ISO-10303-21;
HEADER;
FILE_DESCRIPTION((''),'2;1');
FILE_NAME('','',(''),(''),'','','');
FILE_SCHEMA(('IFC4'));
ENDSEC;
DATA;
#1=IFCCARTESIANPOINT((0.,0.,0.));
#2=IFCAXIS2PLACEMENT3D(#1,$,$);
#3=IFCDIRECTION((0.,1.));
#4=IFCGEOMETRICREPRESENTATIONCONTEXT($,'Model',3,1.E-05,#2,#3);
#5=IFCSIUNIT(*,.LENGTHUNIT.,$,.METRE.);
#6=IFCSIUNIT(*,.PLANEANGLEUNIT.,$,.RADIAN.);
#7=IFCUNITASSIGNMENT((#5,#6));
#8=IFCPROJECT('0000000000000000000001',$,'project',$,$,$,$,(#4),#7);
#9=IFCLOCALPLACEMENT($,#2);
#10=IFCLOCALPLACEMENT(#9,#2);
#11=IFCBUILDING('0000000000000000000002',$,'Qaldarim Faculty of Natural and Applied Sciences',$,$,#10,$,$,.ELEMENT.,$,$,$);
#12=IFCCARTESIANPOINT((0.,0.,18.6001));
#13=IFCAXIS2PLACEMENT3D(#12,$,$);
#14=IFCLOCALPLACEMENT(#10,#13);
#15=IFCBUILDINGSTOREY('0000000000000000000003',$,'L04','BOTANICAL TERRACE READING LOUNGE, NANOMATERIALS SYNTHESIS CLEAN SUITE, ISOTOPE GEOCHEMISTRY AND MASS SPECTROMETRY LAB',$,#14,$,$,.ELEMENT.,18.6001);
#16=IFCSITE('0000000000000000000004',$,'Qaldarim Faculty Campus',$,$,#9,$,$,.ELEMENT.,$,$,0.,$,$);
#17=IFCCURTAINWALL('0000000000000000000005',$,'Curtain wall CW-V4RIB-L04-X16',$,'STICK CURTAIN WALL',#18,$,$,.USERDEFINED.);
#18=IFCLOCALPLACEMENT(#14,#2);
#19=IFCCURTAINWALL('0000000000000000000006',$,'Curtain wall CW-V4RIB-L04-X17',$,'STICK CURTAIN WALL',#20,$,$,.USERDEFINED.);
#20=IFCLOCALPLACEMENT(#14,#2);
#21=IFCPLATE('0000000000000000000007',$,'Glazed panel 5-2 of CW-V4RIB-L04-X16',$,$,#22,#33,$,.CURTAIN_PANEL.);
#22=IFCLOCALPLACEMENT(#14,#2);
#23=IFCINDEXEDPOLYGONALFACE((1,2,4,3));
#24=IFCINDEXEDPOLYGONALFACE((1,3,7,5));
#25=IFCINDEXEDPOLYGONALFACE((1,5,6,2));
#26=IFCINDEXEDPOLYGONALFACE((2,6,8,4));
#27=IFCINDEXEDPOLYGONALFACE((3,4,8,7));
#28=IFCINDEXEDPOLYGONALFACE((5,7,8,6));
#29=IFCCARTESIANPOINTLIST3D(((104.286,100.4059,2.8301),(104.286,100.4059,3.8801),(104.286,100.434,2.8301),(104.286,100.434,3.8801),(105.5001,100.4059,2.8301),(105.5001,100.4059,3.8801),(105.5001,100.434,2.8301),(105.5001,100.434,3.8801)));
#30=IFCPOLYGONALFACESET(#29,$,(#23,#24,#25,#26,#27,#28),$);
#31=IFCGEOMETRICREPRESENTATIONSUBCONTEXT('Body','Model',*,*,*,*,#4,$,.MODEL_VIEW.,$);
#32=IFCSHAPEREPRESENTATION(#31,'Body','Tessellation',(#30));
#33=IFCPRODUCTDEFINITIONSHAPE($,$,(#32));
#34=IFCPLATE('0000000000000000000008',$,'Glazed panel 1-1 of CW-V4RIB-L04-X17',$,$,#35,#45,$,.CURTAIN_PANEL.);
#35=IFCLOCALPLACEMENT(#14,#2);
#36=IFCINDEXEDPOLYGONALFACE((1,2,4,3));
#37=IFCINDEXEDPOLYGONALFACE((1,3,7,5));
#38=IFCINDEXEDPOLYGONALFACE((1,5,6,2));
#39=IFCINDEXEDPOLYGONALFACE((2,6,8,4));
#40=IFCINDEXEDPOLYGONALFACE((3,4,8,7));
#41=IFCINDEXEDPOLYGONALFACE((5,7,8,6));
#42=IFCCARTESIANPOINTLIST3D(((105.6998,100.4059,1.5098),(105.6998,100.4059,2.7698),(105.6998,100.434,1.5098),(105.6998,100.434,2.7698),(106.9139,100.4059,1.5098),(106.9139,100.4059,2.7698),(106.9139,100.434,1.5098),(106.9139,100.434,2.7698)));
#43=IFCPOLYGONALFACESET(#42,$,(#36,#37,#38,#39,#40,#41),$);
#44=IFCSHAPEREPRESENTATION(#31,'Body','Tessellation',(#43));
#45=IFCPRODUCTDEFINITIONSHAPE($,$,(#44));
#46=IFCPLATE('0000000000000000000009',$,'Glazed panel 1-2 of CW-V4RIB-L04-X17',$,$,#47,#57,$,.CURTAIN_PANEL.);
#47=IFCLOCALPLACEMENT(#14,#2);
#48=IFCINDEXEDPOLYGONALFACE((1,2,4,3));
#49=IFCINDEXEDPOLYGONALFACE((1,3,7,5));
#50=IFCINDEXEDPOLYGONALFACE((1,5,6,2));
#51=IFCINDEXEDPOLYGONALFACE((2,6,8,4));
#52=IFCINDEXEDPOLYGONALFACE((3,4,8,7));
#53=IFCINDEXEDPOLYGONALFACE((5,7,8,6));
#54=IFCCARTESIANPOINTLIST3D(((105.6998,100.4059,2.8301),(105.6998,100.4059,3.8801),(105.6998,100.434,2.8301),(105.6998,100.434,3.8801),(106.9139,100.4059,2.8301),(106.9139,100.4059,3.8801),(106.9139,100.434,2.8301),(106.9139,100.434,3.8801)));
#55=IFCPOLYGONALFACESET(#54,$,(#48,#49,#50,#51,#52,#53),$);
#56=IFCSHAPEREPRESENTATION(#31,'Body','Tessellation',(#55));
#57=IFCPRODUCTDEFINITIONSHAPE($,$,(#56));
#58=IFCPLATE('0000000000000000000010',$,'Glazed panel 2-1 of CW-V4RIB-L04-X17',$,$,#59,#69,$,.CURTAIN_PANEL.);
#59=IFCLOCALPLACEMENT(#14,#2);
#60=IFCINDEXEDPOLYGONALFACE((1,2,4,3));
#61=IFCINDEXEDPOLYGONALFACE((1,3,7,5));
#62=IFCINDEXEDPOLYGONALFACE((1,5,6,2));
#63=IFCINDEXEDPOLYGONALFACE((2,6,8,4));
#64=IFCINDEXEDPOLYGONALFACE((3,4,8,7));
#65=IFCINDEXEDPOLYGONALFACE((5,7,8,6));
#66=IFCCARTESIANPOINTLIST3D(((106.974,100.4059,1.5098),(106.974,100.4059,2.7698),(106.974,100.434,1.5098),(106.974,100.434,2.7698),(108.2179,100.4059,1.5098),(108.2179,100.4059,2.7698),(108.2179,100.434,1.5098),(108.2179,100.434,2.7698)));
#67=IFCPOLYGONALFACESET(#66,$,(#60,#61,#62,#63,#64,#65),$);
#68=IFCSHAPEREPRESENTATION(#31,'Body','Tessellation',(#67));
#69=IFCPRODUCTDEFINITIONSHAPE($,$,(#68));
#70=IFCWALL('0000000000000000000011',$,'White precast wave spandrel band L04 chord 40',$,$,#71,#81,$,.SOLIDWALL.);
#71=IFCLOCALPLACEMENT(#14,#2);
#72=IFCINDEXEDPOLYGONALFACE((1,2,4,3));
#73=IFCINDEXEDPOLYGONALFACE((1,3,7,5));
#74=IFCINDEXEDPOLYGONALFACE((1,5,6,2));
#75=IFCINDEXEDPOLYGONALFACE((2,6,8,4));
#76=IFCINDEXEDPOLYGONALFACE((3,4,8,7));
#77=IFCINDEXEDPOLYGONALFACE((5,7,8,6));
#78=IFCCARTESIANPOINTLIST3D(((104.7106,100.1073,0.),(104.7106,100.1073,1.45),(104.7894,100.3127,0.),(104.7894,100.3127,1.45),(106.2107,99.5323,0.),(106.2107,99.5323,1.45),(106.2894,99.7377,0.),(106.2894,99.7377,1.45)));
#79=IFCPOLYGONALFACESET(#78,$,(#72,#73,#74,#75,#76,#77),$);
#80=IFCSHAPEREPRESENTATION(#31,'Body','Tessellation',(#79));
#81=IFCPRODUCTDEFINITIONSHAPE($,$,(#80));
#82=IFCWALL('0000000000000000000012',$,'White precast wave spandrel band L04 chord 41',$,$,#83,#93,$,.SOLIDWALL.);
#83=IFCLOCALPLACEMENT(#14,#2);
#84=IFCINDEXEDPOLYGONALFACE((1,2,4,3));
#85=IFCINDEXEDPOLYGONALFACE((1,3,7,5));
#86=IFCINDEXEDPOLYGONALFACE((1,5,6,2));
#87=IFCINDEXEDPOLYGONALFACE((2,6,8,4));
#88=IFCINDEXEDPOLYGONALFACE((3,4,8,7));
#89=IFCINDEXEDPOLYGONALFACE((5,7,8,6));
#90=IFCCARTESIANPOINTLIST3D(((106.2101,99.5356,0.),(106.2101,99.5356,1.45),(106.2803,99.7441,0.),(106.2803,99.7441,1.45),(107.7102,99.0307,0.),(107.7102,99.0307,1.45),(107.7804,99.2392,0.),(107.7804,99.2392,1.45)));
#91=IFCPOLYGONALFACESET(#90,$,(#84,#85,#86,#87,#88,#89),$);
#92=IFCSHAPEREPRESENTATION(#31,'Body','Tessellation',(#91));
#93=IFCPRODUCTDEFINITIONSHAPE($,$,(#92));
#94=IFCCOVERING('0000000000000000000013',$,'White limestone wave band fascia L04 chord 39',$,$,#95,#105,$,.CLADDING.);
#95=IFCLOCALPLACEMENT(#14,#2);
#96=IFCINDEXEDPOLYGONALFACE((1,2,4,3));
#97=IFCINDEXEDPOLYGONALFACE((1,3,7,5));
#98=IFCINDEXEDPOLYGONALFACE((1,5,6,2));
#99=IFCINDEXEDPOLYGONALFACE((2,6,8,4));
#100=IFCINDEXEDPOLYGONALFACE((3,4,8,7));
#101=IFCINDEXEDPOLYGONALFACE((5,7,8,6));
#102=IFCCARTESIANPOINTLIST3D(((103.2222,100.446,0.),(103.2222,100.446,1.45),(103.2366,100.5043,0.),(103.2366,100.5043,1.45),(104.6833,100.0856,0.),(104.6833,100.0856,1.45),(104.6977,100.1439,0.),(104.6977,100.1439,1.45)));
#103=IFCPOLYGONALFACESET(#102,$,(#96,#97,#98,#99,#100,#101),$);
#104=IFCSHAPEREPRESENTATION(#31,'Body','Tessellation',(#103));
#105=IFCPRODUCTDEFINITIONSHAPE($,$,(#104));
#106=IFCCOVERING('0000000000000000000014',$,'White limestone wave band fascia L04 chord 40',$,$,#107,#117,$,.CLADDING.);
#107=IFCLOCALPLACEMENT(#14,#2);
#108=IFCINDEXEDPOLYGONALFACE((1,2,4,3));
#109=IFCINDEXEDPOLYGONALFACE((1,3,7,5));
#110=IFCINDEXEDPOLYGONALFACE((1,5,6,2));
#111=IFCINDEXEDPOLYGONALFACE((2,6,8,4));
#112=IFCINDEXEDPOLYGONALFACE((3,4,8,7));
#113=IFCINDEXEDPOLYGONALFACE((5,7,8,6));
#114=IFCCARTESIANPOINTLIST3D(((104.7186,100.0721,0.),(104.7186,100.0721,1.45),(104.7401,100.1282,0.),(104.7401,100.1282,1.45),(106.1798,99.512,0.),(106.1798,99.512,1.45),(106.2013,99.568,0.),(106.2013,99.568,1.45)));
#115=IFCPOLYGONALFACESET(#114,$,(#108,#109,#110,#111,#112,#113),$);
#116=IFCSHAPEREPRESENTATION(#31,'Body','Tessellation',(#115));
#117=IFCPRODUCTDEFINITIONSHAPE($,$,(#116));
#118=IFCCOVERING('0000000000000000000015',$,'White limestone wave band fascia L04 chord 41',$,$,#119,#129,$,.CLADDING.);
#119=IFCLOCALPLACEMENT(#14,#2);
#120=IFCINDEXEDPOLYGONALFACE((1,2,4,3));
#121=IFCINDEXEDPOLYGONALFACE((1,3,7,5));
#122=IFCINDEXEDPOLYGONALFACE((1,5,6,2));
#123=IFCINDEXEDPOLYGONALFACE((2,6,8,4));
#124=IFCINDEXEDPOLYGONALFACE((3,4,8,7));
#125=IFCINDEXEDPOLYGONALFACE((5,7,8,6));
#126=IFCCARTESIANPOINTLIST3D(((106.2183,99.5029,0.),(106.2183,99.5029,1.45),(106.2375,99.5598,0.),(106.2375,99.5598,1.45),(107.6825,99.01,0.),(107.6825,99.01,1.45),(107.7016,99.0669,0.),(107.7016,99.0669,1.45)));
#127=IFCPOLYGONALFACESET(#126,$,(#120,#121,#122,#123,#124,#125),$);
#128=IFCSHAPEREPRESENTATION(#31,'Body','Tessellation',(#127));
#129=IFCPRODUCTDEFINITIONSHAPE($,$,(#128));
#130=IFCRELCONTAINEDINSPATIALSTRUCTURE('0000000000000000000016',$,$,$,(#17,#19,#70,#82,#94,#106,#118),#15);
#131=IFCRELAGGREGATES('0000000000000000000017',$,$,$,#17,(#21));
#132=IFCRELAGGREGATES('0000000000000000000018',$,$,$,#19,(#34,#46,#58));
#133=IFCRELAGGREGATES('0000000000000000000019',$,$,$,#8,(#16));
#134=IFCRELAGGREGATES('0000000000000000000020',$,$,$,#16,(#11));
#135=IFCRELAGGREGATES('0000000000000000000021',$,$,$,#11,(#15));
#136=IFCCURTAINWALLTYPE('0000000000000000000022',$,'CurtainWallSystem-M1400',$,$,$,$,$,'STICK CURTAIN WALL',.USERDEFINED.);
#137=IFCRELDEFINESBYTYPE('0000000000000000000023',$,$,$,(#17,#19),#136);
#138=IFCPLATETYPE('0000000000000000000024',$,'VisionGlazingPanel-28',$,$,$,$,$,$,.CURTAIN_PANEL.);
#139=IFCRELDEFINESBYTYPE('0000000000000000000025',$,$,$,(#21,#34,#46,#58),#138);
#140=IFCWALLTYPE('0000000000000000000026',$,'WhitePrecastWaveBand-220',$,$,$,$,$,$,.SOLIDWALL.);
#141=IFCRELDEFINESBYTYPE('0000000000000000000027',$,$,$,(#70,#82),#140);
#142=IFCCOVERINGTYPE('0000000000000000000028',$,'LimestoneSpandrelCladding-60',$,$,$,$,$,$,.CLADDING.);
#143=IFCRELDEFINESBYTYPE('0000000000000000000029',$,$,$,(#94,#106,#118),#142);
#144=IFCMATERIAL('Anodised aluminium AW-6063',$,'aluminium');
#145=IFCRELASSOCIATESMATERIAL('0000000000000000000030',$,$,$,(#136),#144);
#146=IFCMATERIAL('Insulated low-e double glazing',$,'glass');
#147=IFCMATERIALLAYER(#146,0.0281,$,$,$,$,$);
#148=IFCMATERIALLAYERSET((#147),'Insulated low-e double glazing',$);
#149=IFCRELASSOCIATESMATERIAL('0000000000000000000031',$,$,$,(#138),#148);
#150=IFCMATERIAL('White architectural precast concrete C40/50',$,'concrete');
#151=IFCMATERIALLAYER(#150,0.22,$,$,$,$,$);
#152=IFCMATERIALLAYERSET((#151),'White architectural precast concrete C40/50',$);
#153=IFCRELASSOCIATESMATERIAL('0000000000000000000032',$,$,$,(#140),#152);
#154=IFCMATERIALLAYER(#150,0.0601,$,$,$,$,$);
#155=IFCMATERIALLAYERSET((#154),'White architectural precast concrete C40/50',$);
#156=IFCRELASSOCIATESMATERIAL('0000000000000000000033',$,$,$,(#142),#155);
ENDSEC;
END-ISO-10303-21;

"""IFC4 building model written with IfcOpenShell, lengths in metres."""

from ifc_helpers import new_model, si_unit, direction, frame, frame_2d, origin, origin_2d, place, context, subcontext, project, spatial, rectangle, extrude, material, layer, layer_set, type_object, element, aggregate, save


model = new_model("IFC4")

# Units and contexts
model_context = context("Model", 3, precision=1e-05, world=origin(), true_north=direction((0.0, 1.0)))
body_context = subcontext(model_context, "Body", "Model", "MODEL_VIEW")
ifc_project = project(units=[si_unit("LENGTHUNIT", "METRE"), si_unit("PLANEANGLEUNIT", "RADIAN")], contexts=[model_context])

# Site, building, storey
site_placement = place(None, origin())
site = spatial("IfcSite", under=ifc_project, at=site_placement, Name="Qaldarim Faculty Campus", CompositionType="ELEMENT", RefElevation=0.0)
building_placement = place(site_placement, origin())
building = spatial("IfcBuilding", under=site, at=building_placement, Name="Qaldarim Faculty of Natural and Applied Sciences", CompositionType="ELEMENT")
storey_placement = place(building_placement, frame((0.0, 0.0, 18.6001)))
storey = spatial("IfcBuildingStorey", under=building, at=storey_placement, Name="L04", Description="BOTANICAL TERRACE READING LOUNGE, NANOMATERIALS SYNTHESIS CLEAN SUITE, ISOTOPE GEOCHEMISTRY AND MASS SPECTROMETRY LAB", CompositionType="ELEMENT", Elevation=18.6001)

# Curtain walls
ifc_material_1 = material(Name="Anodised aluminium AW-6063", Category="aluminium")
curtain_wall_type = type_object("IfcCurtainWallType", Name="CurtainWallSystem-M1400", ElementType="STICK CURTAIN WALL", PredefinedType="USERDEFINED", material=ifc_material_1)
curtain_wall_1_placement = place(storey_placement, origin())
curtain_wall_1 = element("IfcCurtainWall", 1, at=curtain_wall_1_placement, inside=storey, type_object=curtain_wall_type, Name="Curtain wall CW-V4RIB-L04-X16", ObjectType="STICK CURTAIN WALL", PredefinedType="USERDEFINED")
curtain_wall_2_placement = place(storey_placement, origin())
curtain_wall_2 = element("IfcCurtainWall", 2, at=curtain_wall_2_placement, inside=storey, type_object=curtain_wall_type, Name="Curtain wall CW-V4RIB-L04-X17", ObjectType="STICK CURTAIN WALL", PredefinedType="USERDEFINED")

# Plates
ifc_material_2 = material(Name="Insulated low-e double glazing", Category="glass")
ifc_layer_1 = layer(ifc_material_2, 0.0281)
ifc_layer_set_1 = layer_set([ifc_layer_1], Name="Insulated low-e double glazing")
plate_type = type_object("IfcPlateType", Name="VisionGlazingPanel-28", PredefinedType="CURTAIN_PANEL", material=ifc_layer_set_1)
plate_1_placement = place(storey_placement, frame((104.8931, 100.4199, 2.8301), z_axis=(0.0, 0.0, 1.0), x_axis=(1.0, 0.0, 0.0)))
plate_1 = element("IfcPlate", 3, at=plate_1_placement, type_object=plate_type, Name="Glazed panel 5-2 of CW-V4RIB-L04-X16", PredefinedType="CURTAIN_PANEL", context=body_context, shape_type="SweptSolid", body=[
    extrude(rectangle(XDim=1.2141, YDim=0.0281, at=origin_2d()), origin(), (0.0, 0.0, 1.0), 1.05),
])
aggregate(curtain_wall_1, [plate_1])
plate_2_placement = place(storey_placement, frame((106.3069, 100.4199, 1.5098), z_axis=(0.0, 0.0, 1.0), x_axis=(1.0, 0.0, 0.0)))
plate_2 = element("IfcPlate", 4, at=plate_2_placement, type_object=plate_type, Name="Glazed panel 1-1 of CW-V4RIB-L04-X17", PredefinedType="CURTAIN_PANEL", context=body_context, shape_type="SweptSolid", body=[
    extrude(rectangle(XDim=1.2141, YDim=0.0281, at=origin_2d()), origin(), (0.0, 0.0, 1.0), 1.26),
])
plate_3_placement = place(storey_placement, frame((106.3069, 100.4199, 2.8301), z_axis=(0.0, 0.0, 1.0), x_axis=(1.0, 0.0, 0.0)))
plate_3 = element("IfcPlate", 5, at=plate_3_placement, type_object=plate_type, Name="Glazed panel 1-2 of CW-V4RIB-L04-X17", PredefinedType="CURTAIN_PANEL", context=body_context, shape_type="SweptSolid", body=[
    extrude(rectangle(XDim=1.2141, YDim=0.0281, at=origin_2d()), origin(), (0.0, 0.0, 1.0), 1.05),
])
plate_4_placement = place(storey_placement, frame((107.5959, 100.4199, 1.5098), z_axis=(0.0, 0.0, 1.0), x_axis=(1.0, 0.0, 0.0)))
plate_4 = element("IfcPlate", 6, at=plate_4_placement, type_object=plate_type, Name="Glazed panel 2-1 of CW-V4RIB-L04-X17", PredefinedType="CURTAIN_PANEL", context=body_context, shape_type="SweptSolid", body=[
    extrude(rectangle(XDim=1.2439, YDim=0.0281, at=origin_2d()), origin(), (0.0, 0.0, 1.0), 1.26),
])
aggregate(curtain_wall_2, [plate_2, plate_3, plate_4])

# Walls
ifc_material_3 = material(Name="White architectural precast concrete C40/50", Category="concrete")
ifc_layer_2 = layer(ifc_material_3, 0.22)
ifc_layer_set_2 = layer_set([ifc_layer_2], Name="White architectural precast concrete C40/50")
wall_type = type_object("IfcWallType", Name="WhitePrecastWaveBand-220", PredefinedType="SOLIDWALL", material=ifc_layer_set_2)
wall_1_placement = place(storey_placement, frame((104.75, 100.21, 0.0), z_axis=(0.0, 0.0, 1.0), x_axis=(0.933756, -0.35791, 0.0)))
element("IfcWall", 7, at=wall_1_placement, inside=storey, type_object=wall_type, Name="White precast wave spandrel band L04 chord 40", PredefinedType="SOLIDWALL", context=body_context, shape_type="SweptSolid", body=[
    extrude(rectangle(XDim=1.6064, YDim=0.22, at=frame_2d((0.8032, 0.0))), origin(), (0.0, 0.0, 1.0), 1.45),
])
wall_2_placement = place(storey_placement, frame((106.2451, 99.6399, 0.0), z_axis=(0.0, 0.0, 1.0), x_axis=(0.947754, -0.319003, 0.0)))
element("IfcWall", 8, at=wall_2_placement, inside=storey, type_object=wall_type, Name="White precast wave spandrel band L04 chord 41", PredefinedType="SOLIDWALL", context=body_context, shape_type="SweptSolid", body=[
    extrude(rectangle(XDim=1.5828, YDim=0.22, at=frame_2d((0.7915, 0.0))), origin(), (0.0, 0.0, 1.0), 1.45),
])

# Coverings
ifc_layer_3 = layer(ifc_material_3, 0.0601)
ifc_layer_set_3 = layer_set([ifc_layer_3], Name="White architectural precast concrete C40/50")
covering_type = type_object("IfcCoveringType", Name="LimestoneSpandrelCladding-60", PredefinedType="CLADDING", material=ifc_layer_set_3)
covering_1_placement = place(storey_placement, frame((103.96, 100.2949, 0.0), z_axis=(0.0, 0.0, 1.0), x_axis=(0.970901, -0.239483, 0.0)))
element("IfcCovering", 9, at=covering_1_placement, inside=storey, type_object=covering_type, Name="White limestone wave band fascia L04 chord 39", PredefinedType="CLADDING", context=body_context, shape_type="SweptSolid", body=[
    extrude(rectangle(XDim=1.5049, YDim=0.0601, at=origin_2d()), origin(), (0.0, 0.0, 1.0), 1.45),
])
covering_2_placement = place(storey_placement, frame((105.46, 99.8201, 0.0), z_axis=(0.0, 0.0, 1.0), x_axis=(0.933749, -0.357928, 0.0)))
element("IfcCovering", 10, at=covering_2_placement, inside=storey, type_object=covering_type, Name="White limestone wave band fascia L04 chord 40", PredefinedType="CLADDING", context=body_context, shape_type="SweptSolid", body=[
    extrude(rectangle(XDim=1.5649, YDim=0.0601, at=origin_2d()), origin(), (0.0, 0.0, 1.0), 1.45),
])
covering_3_placement = place(storey_placement, frame((106.96, 99.2849, 0.0), z_axis=(0.0, 0.0, 1.0), x_axis=(0.947729, -0.319075, 0.0)))
element("IfcCovering", 11, at=covering_3_placement, inside=storey, type_object=covering_type, Name="White limestone wave band fascia L04 chord 41", PredefinedType="CLADDING", context=body_context, shape_type="SweptSolid", body=[
    extrude(rectangle(XDim=1.5449, YDim=0.0601, at=origin_2d()), origin(), (0.0, 0.0, 1.0), 1.45),
])

save(model, "model.ifc")
